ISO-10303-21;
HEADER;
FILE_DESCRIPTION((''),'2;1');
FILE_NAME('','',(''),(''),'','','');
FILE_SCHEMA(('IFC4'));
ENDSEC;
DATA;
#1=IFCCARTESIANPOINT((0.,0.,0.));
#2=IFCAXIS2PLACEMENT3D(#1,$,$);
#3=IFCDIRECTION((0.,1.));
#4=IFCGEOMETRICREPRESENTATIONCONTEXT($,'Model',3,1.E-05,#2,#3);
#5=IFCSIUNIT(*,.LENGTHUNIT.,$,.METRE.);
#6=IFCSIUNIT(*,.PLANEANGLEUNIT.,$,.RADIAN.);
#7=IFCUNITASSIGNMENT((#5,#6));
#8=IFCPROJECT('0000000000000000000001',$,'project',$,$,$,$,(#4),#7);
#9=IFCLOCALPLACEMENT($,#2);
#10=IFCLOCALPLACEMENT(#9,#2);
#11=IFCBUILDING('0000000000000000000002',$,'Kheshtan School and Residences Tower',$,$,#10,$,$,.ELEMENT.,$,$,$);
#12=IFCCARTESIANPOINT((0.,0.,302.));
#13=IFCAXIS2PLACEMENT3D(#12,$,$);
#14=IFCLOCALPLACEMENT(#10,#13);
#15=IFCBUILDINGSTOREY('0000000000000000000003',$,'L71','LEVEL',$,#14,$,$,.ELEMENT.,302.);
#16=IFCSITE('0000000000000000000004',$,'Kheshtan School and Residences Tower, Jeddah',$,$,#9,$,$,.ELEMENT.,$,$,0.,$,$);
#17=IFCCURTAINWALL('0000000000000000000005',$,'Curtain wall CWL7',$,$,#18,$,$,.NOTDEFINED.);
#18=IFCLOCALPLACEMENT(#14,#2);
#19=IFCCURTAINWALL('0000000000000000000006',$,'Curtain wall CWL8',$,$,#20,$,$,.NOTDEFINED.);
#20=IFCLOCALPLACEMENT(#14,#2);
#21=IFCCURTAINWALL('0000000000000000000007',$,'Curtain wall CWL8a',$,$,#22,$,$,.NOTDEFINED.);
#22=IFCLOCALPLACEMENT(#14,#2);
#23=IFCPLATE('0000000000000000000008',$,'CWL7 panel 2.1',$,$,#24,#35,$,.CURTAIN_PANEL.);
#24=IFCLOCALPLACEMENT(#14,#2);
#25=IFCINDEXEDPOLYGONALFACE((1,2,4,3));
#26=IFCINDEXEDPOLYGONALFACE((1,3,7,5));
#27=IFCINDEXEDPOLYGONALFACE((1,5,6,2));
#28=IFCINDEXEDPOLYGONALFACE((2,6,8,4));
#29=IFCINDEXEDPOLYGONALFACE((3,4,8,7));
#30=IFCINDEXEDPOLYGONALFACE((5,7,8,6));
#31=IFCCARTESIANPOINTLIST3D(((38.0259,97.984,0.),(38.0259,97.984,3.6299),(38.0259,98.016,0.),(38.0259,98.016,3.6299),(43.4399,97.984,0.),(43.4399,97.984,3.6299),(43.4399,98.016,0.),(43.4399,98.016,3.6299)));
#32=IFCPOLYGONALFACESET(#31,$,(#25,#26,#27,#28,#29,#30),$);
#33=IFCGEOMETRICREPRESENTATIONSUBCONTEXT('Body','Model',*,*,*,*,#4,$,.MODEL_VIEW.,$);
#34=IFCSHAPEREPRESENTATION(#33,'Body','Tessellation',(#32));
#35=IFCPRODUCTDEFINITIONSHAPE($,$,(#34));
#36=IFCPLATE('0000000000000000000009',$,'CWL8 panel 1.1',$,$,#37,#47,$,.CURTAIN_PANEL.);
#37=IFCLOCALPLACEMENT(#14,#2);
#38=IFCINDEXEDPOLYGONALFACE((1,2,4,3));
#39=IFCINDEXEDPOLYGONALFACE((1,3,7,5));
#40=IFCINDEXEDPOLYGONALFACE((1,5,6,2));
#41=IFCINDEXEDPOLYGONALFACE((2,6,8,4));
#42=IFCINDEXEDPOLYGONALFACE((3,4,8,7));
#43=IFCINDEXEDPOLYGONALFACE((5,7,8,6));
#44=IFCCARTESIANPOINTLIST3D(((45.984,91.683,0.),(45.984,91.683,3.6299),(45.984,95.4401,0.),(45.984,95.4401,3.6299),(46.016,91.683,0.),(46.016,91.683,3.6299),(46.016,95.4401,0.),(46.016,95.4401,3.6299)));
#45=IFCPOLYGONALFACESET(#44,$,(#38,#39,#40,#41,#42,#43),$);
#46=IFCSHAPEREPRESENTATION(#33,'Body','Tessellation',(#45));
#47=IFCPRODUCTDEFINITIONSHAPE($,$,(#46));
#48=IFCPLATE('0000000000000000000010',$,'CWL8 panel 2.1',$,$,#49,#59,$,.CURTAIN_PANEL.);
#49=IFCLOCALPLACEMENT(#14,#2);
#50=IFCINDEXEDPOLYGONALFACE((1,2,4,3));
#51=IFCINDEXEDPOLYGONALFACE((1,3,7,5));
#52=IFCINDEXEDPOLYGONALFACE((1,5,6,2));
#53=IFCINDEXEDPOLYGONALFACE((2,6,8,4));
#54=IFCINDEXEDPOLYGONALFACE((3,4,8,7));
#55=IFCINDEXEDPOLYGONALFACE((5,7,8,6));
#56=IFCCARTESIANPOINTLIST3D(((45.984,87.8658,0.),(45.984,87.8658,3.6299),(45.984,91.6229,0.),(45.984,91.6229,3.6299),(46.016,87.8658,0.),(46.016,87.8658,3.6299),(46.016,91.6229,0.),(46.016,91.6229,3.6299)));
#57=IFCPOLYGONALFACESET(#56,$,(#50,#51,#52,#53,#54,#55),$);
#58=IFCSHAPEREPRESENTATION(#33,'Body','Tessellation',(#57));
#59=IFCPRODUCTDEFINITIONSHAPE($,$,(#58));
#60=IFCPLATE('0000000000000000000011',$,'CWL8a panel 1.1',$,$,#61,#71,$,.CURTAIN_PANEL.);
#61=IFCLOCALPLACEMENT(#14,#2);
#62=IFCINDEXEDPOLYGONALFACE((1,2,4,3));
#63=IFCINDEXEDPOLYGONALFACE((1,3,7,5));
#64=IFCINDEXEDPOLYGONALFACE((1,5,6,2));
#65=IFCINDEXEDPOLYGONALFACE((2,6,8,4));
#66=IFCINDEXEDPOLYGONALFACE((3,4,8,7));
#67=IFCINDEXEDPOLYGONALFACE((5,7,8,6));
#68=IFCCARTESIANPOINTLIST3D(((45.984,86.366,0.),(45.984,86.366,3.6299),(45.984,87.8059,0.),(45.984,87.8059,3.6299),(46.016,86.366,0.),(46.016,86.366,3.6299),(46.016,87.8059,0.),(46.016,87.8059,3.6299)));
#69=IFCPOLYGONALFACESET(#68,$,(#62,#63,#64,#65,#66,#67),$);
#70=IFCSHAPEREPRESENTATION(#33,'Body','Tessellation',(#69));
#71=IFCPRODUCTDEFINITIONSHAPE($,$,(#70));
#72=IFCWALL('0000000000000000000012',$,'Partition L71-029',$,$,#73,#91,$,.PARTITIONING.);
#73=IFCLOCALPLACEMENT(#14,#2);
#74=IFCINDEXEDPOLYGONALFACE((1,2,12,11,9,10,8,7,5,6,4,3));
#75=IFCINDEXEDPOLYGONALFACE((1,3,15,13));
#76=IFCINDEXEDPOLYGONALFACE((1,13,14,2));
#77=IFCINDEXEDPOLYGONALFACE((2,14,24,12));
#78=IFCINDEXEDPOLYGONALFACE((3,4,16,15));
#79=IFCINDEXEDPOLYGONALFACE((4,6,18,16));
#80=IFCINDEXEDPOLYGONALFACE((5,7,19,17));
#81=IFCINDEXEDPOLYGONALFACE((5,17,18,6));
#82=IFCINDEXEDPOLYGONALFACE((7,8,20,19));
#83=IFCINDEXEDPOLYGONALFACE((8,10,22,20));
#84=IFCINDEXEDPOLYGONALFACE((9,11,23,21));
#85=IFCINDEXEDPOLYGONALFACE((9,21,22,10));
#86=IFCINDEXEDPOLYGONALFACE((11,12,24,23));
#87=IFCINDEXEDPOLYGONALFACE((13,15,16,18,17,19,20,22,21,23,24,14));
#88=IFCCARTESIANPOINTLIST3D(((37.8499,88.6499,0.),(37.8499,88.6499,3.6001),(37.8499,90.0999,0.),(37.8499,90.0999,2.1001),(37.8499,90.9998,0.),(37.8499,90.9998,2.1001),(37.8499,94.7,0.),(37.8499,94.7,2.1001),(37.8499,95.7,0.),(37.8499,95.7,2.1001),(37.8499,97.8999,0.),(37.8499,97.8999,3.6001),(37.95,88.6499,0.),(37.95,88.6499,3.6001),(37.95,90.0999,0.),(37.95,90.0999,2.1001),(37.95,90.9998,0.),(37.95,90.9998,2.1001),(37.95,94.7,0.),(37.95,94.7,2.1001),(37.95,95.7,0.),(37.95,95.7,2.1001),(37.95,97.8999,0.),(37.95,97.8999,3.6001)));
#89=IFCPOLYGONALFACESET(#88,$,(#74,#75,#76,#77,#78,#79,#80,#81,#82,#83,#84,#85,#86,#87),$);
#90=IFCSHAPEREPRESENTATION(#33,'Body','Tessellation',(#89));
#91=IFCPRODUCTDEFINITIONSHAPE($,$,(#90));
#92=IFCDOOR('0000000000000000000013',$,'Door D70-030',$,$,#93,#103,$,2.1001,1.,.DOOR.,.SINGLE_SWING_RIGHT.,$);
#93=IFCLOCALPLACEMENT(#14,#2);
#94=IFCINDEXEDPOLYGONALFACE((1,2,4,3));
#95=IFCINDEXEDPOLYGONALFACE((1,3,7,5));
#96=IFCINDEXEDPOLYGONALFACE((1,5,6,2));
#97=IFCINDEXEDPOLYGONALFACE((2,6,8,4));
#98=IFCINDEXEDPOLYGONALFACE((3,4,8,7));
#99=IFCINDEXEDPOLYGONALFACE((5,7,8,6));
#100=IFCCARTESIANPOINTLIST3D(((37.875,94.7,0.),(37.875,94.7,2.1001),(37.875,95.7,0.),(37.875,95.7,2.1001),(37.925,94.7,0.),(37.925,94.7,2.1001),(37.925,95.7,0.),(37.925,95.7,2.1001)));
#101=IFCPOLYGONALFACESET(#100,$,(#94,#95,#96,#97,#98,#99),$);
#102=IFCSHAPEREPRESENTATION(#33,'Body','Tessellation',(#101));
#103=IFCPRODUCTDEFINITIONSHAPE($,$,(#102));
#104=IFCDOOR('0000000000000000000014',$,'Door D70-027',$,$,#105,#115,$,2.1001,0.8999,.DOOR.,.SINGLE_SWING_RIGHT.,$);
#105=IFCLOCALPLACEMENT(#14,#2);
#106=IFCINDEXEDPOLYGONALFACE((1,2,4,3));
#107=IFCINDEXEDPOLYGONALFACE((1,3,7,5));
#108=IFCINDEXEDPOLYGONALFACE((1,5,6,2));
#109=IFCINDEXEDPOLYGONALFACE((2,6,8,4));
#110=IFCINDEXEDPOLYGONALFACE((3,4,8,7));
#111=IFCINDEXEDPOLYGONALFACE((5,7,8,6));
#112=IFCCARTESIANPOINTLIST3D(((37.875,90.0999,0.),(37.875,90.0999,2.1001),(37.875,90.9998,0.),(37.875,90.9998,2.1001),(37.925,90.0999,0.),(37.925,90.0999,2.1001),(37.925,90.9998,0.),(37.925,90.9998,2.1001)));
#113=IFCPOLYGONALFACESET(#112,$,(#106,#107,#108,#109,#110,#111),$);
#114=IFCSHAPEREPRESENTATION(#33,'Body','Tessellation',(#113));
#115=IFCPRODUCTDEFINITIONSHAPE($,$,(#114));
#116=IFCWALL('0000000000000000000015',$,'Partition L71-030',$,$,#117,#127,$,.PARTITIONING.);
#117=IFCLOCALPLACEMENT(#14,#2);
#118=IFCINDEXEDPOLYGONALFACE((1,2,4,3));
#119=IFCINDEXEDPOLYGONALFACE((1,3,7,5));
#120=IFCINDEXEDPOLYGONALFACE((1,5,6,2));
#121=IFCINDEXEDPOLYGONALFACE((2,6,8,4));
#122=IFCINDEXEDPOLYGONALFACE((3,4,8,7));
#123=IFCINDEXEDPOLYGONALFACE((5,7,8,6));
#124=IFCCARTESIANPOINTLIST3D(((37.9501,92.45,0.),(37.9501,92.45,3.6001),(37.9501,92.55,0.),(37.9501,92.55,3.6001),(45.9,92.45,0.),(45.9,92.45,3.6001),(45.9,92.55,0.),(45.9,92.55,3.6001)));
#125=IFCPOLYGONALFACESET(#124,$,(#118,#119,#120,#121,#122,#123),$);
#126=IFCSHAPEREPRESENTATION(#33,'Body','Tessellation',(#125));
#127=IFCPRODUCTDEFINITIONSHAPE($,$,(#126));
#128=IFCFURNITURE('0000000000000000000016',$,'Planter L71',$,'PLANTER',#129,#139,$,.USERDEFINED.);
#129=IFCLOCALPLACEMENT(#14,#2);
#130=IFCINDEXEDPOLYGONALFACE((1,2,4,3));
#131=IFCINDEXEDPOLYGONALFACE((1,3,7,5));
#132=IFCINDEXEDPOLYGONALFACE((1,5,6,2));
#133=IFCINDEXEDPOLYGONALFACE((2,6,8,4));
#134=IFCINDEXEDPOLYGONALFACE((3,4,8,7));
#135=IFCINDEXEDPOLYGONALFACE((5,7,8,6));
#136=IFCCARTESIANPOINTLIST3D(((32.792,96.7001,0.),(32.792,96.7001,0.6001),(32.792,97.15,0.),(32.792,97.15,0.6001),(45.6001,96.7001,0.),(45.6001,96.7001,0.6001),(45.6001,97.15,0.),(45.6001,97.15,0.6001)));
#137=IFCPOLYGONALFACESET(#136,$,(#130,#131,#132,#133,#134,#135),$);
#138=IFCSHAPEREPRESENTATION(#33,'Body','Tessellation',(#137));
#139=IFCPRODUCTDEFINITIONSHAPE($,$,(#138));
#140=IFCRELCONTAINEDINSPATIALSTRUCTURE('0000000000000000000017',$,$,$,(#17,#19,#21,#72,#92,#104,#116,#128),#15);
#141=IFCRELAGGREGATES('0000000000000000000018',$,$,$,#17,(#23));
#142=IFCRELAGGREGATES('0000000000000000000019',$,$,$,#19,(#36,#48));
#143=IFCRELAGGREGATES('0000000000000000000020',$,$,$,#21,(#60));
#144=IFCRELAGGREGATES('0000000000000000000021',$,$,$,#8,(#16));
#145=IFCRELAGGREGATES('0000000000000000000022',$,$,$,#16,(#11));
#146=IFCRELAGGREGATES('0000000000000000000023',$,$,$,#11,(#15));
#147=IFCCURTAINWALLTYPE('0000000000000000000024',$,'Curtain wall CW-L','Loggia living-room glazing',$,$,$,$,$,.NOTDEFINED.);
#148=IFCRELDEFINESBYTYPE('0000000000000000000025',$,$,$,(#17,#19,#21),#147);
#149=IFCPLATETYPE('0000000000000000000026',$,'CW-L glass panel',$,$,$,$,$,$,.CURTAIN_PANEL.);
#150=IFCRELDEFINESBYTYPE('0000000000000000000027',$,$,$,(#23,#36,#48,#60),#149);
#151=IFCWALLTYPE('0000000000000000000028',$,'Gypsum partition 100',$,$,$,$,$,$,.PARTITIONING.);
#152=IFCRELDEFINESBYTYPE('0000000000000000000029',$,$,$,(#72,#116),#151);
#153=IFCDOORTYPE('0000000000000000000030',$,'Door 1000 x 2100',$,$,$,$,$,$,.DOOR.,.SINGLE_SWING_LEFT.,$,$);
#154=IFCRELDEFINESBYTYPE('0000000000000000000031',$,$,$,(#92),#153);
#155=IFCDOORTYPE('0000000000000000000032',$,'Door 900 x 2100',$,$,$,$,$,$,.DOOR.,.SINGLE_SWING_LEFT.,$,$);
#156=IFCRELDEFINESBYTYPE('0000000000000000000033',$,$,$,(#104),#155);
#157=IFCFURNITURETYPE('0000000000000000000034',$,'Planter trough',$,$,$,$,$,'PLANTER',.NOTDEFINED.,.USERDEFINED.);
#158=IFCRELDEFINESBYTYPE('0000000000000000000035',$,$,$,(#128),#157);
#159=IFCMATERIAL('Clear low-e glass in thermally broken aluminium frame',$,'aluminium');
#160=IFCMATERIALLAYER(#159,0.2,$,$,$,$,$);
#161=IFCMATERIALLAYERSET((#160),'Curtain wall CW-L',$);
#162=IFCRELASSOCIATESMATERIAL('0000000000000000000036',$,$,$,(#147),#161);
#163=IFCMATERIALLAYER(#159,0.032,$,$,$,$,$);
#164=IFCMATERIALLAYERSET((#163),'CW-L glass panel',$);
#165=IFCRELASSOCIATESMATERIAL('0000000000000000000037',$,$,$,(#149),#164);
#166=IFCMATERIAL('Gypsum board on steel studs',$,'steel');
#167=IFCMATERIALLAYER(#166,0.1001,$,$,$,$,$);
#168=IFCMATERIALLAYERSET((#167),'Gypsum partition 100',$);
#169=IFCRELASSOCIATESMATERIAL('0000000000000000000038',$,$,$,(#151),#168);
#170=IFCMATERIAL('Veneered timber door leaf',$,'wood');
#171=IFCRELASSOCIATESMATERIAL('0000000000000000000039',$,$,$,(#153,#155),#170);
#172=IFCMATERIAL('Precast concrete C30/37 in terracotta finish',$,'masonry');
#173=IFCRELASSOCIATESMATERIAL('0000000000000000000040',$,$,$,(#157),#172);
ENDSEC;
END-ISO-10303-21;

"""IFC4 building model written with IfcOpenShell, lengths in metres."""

from ifc_helpers import new_model, si_unit, direction, frame, frame_2d, origin, origin_2d, place, context, subcontext, project, spatial, rectangle, extrude, source, transform, mapped, material, layer, layer_set, type_object, element, fill, aggregate, save


model = new_model("IFC4")

# Units and contexts
model_context = context("Model", 3, precision=1e-05, world=origin(), true_north=direction((0.0, 1.0)))
body_context = subcontext(model_context, "Body", "Model", "MODEL_VIEW")
ifc_project = project(units=[si_unit("LENGTHUNIT", "METRE"), si_unit("PLANEANGLEUNIT", "RADIAN")], contexts=[model_context])

# Site, building, storey
site_placement = place(None, origin())
site = spatial("IfcSite", under=ifc_project, at=site_placement, Name="Kheshtan School and Residences Tower, Jeddah", CompositionType="ELEMENT", RefElevation=0.0)
building_placement = place(site_placement, origin())
building = spatial("IfcBuilding", under=site, at=building_placement, Name="Kheshtan School and Residences Tower", CompositionType="ELEMENT")
storey_placement = place(building_placement, frame((0.0, 0.0, 302.0)))
storey = spatial("IfcBuildingStorey", under=building, at=storey_placement, Name="L71", Description="LEVEL", CompositionType="ELEMENT", Elevation=302.0)

# Curtain walls
ifc_material_1 = material(Name="Clear low-e glass in thermally broken aluminium frame", Category="aluminium")
ifc_layer_1 = layer(ifc_material_1, 0.2)
ifc_layer_set_1 = layer_set([ifc_layer_1], Name="Curtain wall CW-L")
curtain_wall_type = type_object("IfcCurtainWallType", Name="Curtain wall CW-L", Description="Loggia living-room glazing", PredefinedType="NOTDEFINED", material=ifc_layer_set_1)
curtain_wall_1_placement = place(storey_placement, origin())
curtain_wall_1 = element("IfcCurtainWall", 1, at=curtain_wall_1_placement, inside=storey, type_object=curtain_wall_type, Name="Curtain wall CWL7", PredefinedType="NOTDEFINED")
curtain_wall_2_placement = place(storey_placement, origin())
curtain_wall_2 = element("IfcCurtainWall", 2, at=curtain_wall_2_placement, inside=storey, type_object=curtain_wall_type, Name="Curtain wall CWL8", PredefinedType="NOTDEFINED")

# Curtain wall
curtain_wall_3_placement = place(storey_placement, origin())
curtain_wall_3 = element("IfcCurtainWall", 3, at=curtain_wall_3_placement, inside=storey, type_object=curtain_wall_type, Name="Curtain wall CWL8a", PredefinedType="NOTDEFINED")

# Plates
ifc_layer_2 = layer(ifc_material_1, 0.032)
ifc_layer_set_2 = layer_set([ifc_layer_2], Name="CW-L glass panel")
plate_type = type_object("IfcPlateType", Name="CW-L glass panel", PredefinedType="CURTAIN_PANEL", material=ifc_layer_set_2)
plate_1_placement = place(storey_placement, frame((40.7329, 98.0, 0.0), z_axis=(0.0, 0.0, 1.0), x_axis=(1.0, 0.0, 0.0)))
plate_1 = element("IfcPlate", 4, at=plate_1_placement, type_object=plate_type, Name="CWL7 panel 2.1", PredefinedType="CURTAIN_PANEL", context=body_context, shape_type="SweptSolid", body=[
    extrude(rectangle(XDim=5.4141, YDim=0.032, at=origin_2d()), origin(), (0.0, 0.0, 1.0), 3.6299),
])
aggregate(curtain_wall_1, [plate_1])
plate_2_placement = place(storey_placement, frame((46.0, 93.5615, 0.0), z_axis=(0.0, 0.0, 1.0), x_axis=(0.0, -1.0, 0.0)))
plate_2 = element("IfcPlate", 5, at=plate_2_placement, type_object=plate_type, Name="CWL8 panel 1.1", PredefinedType="CURTAIN_PANEL", context=body_context, shape_type="SweptSolid", body=[
    extrude(rectangle(XDim=3.7571, YDim=0.032, at=origin_2d()), origin(), (0.0, 0.0, 1.0), 3.6299),
])
plate_3_placement = place(storey_placement, frame((46.0, 89.7444, 0.0), z_axis=(0.0, 0.0, 1.0), x_axis=(0.0, -1.0, 0.0)))
plate_3 = element("IfcPlate", 6, at=plate_3_placement, type_object=plate_type, Name="CWL8 panel 2.1", PredefinedType="CURTAIN_PANEL", context=body_context, shape_type="SweptSolid", body=[
    extrude(rectangle(XDim=3.7571, YDim=0.032, at=origin_2d()), origin(), (0.0, 0.0, 1.0), 3.6299),
])
aggregate(curtain_wall_2, [plate_2, plate_3])
plate_4_placement = place(storey_placement, frame((46.0, 87.0859, 0.0), z_axis=(0.0, 0.0, 1.0), x_axis=(0.0, -1.0, 0.0)))
plate_4 = element("IfcPlate", 7, at=plate_4_placement, type_object=plate_type, Name="CWL8a panel 1.1", PredefinedType="CURTAIN_PANEL", context=body_context, shape_type="SweptSolid", body=[
    extrude(rectangle(XDim=1.4399, YDim=0.032, at=origin_2d()), origin(), (0.0, 0.0, 1.0), 3.6299),
])
aggregate(curtain_wall_3, [plate_4])

# Wall, openings, doors
ifc_material_2 = material(Name="Gypsum board on steel studs", Category="steel")
ifc_layer_3 = layer(ifc_material_2, 0.1001)
ifc_layer_set_3 = layer_set([ifc_layer_3], Name="Gypsum partition 100")
wall_type_1 = type_object("IfcWallType", Name="Gypsum partition 100", PredefinedType="PARTITIONING", material=ifc_layer_set_3)
wall_1_placement = place(storey_placement, frame((37.8999, 88.6499, 0.0), z_axis=(0.0, 0.0, 1.0), x_axis=(0.0, 1.0, 0.0)))
wall_1 = element("IfcWall", 8, at=wall_1_placement, inside=storey, type_object=wall_type_1, Name="Partition L71-029", PredefinedType="PARTITIONING", context=body_context, shape_type="SweptSolid", body=[
    extrude(rectangle(XDim=9.25, YDim=0.1001, at=frame_2d((4.625, 0.0))), origin(), (0.0, 0.0, 1.0), 3.6001),
])
opening_1_placement = place(wall_1_placement, frame((1.45, 0.0, 0.0)))
opening_1 = element("IfcOpeningElement", 9, at=opening_1_placement, cuts=wall_1, PredefinedType="OPENING", context=body_context, shape_type="SweptSolid", body=[
    extrude(rectangle(XDim=0.8999, YDim=2.1001, at=frame_2d((0.45, 1.05))), frame((0.0, 0.0601, 0.0), z_axis=(0.0, -1.0, 0.0), x_axis=(1.0, 0.0, 0.0)), (0.0, 0.0, 1.0), 0.1201),
])
opening_2_placement = place(wall_1_placement, frame((6.05, 0.0, 0.0)))
opening_2 = element("IfcOpeningElement", 10, at=opening_2_placement, cuts=wall_1, PredefinedType="OPENING", context=body_context, shape_type="SweptSolid", body=[
    extrude(rectangle(XDim=1.0, YDim=2.1001, at=frame_2d((0.5, 1.05))), frame((0.0, 0.0601, 0.0), z_axis=(0.0, -1.0, 0.0), x_axis=(1.0, 0.0, 0.0)), (0.0, 0.0, 1.0), 0.1201),
])
ifc_material_3 = material(Name="Veneered timber door leaf", Category="wood")
door_type_1 = type_object("IfcDoorType", Name="Door 1000 x 2100", OperationType="SINGLE_SWING_LEFT", PredefinedType="DOOR", material=ifc_material_3)
shared_shape_1 = source(origin(), body_context, "Body", "SweptSolid", [
    extrude(rectangle(XDim=1.0, YDim=2.1001, at=frame_2d((0.5, 1.05))), frame((0.0, 0.0249, 0.0), z_axis=(0.0, -1.0, 0.0), x_axis=(1.0, 0.0, 0.0)), (0.0, 0.0, 1.0), 0.05),
])
door_1_placement = place(opening_2_placement, origin())
door_1 = element("IfcDoor", 11, at=door_1_placement, inside=storey, type_object=door_type_1, Name="Door D70-030", OperationType="SINGLE_SWING_RIGHT", OverallHeight=2.1001, OverallWidth=1.0, PredefinedType="DOOR", context=body_context, shape_type="MappedRepresentation", body=[
    mapped(shared_shape_1, transform((0.0, 0.0, 0.0), x_axis=(1.0, 0.0, 0.0), y_axis=(0.0, 1.0, 0.0), z_axis=(0.0, 0.0, 1.0), scale=1.0)),
])
fill(opening_2, door_1)
door_type_2 = type_object("IfcDoorType", Name="Door 900 x 2100", OperationType="SINGLE_SWING_LEFT", PredefinedType="DOOR", material=ifc_material_3)
shared_shape_2 = source(origin(), body_context, "Body", "SweptSolid", [
    extrude(rectangle(XDim=0.8999, YDim=2.1001, at=frame_2d((0.45, 1.05))), frame((0.0, 0.0249, 0.0), z_axis=(0.0, -1.0, 0.0), x_axis=(1.0, 0.0, 0.0)), (0.0, 0.0, 1.0), 0.05),
])
door_2_placement = place(opening_1_placement, origin())
door_2 = element("IfcDoor", 12, at=door_2_placement, inside=storey, type_object=door_type_2, Name="Door D70-027", OperationType="SINGLE_SWING_RIGHT", OverallHeight=2.1001, OverallWidth=0.8999, PredefinedType="DOOR", context=body_context, shape_type="MappedRepresentation", body=[
    mapped(shared_shape_2, transform((0.0, 0.0, 0.0), x_axis=(1.0, 0.0, 0.0), y_axis=(0.0, 1.0, 0.0), z_axis=(0.0, 0.0, 1.0), scale=1.0)),
])
fill(opening_1, door_2)

# Wall
wall_2_placement = place(storey_placement, frame((37.95, 92.5, 0.0), z_axis=(0.0, 0.0, 1.0), x_axis=(1.0, 0.0, 0.0)))
element("IfcWall", 13, at=wall_2_placement, inside=storey, type_object=wall_type_1, Name="Partition L71-030", PredefinedType="PARTITIONING", context=body_context, shape_type="SweptSolid", body=[
    extrude(rectangle(XDim=7.95, YDim=0.1001, at=frame_2d((3.9751, 0.0))), origin(), (0.0, 0.0, 1.0), 3.6001),
])

# Furniture
ifc_material_4 = material(Name="Precast concrete C30/37 in terracotta finish", Category="masonry")
furniture_type = type_object("IfcFurnitureType", Name="Planter trough", ElementType="PLANTER", AssemblyPlace="NOTDEFINED", PredefinedType="USERDEFINED", material=ifc_material_4)
furniture_placement = place(storey_placement, frame((39.196, 96.925, 0.0), z_axis=(0.0, 0.0, 1.0), x_axis=(1.0, 0.0, 0.0)))
element("IfcFurniture", 14, at=furniture_placement, inside=storey, type_object=furniture_type, Name="Planter L71", ObjectType="PLANTER", PredefinedType="USERDEFINED", context=body_context, shape_type="SweptSolid", body=[
    extrude(rectangle(XDim=12.8081, YDim=0.45, at=origin_2d()), origin(), (0.0, 0.0, 1.0), 0.6001),
])

save(model, "model.ifc")
